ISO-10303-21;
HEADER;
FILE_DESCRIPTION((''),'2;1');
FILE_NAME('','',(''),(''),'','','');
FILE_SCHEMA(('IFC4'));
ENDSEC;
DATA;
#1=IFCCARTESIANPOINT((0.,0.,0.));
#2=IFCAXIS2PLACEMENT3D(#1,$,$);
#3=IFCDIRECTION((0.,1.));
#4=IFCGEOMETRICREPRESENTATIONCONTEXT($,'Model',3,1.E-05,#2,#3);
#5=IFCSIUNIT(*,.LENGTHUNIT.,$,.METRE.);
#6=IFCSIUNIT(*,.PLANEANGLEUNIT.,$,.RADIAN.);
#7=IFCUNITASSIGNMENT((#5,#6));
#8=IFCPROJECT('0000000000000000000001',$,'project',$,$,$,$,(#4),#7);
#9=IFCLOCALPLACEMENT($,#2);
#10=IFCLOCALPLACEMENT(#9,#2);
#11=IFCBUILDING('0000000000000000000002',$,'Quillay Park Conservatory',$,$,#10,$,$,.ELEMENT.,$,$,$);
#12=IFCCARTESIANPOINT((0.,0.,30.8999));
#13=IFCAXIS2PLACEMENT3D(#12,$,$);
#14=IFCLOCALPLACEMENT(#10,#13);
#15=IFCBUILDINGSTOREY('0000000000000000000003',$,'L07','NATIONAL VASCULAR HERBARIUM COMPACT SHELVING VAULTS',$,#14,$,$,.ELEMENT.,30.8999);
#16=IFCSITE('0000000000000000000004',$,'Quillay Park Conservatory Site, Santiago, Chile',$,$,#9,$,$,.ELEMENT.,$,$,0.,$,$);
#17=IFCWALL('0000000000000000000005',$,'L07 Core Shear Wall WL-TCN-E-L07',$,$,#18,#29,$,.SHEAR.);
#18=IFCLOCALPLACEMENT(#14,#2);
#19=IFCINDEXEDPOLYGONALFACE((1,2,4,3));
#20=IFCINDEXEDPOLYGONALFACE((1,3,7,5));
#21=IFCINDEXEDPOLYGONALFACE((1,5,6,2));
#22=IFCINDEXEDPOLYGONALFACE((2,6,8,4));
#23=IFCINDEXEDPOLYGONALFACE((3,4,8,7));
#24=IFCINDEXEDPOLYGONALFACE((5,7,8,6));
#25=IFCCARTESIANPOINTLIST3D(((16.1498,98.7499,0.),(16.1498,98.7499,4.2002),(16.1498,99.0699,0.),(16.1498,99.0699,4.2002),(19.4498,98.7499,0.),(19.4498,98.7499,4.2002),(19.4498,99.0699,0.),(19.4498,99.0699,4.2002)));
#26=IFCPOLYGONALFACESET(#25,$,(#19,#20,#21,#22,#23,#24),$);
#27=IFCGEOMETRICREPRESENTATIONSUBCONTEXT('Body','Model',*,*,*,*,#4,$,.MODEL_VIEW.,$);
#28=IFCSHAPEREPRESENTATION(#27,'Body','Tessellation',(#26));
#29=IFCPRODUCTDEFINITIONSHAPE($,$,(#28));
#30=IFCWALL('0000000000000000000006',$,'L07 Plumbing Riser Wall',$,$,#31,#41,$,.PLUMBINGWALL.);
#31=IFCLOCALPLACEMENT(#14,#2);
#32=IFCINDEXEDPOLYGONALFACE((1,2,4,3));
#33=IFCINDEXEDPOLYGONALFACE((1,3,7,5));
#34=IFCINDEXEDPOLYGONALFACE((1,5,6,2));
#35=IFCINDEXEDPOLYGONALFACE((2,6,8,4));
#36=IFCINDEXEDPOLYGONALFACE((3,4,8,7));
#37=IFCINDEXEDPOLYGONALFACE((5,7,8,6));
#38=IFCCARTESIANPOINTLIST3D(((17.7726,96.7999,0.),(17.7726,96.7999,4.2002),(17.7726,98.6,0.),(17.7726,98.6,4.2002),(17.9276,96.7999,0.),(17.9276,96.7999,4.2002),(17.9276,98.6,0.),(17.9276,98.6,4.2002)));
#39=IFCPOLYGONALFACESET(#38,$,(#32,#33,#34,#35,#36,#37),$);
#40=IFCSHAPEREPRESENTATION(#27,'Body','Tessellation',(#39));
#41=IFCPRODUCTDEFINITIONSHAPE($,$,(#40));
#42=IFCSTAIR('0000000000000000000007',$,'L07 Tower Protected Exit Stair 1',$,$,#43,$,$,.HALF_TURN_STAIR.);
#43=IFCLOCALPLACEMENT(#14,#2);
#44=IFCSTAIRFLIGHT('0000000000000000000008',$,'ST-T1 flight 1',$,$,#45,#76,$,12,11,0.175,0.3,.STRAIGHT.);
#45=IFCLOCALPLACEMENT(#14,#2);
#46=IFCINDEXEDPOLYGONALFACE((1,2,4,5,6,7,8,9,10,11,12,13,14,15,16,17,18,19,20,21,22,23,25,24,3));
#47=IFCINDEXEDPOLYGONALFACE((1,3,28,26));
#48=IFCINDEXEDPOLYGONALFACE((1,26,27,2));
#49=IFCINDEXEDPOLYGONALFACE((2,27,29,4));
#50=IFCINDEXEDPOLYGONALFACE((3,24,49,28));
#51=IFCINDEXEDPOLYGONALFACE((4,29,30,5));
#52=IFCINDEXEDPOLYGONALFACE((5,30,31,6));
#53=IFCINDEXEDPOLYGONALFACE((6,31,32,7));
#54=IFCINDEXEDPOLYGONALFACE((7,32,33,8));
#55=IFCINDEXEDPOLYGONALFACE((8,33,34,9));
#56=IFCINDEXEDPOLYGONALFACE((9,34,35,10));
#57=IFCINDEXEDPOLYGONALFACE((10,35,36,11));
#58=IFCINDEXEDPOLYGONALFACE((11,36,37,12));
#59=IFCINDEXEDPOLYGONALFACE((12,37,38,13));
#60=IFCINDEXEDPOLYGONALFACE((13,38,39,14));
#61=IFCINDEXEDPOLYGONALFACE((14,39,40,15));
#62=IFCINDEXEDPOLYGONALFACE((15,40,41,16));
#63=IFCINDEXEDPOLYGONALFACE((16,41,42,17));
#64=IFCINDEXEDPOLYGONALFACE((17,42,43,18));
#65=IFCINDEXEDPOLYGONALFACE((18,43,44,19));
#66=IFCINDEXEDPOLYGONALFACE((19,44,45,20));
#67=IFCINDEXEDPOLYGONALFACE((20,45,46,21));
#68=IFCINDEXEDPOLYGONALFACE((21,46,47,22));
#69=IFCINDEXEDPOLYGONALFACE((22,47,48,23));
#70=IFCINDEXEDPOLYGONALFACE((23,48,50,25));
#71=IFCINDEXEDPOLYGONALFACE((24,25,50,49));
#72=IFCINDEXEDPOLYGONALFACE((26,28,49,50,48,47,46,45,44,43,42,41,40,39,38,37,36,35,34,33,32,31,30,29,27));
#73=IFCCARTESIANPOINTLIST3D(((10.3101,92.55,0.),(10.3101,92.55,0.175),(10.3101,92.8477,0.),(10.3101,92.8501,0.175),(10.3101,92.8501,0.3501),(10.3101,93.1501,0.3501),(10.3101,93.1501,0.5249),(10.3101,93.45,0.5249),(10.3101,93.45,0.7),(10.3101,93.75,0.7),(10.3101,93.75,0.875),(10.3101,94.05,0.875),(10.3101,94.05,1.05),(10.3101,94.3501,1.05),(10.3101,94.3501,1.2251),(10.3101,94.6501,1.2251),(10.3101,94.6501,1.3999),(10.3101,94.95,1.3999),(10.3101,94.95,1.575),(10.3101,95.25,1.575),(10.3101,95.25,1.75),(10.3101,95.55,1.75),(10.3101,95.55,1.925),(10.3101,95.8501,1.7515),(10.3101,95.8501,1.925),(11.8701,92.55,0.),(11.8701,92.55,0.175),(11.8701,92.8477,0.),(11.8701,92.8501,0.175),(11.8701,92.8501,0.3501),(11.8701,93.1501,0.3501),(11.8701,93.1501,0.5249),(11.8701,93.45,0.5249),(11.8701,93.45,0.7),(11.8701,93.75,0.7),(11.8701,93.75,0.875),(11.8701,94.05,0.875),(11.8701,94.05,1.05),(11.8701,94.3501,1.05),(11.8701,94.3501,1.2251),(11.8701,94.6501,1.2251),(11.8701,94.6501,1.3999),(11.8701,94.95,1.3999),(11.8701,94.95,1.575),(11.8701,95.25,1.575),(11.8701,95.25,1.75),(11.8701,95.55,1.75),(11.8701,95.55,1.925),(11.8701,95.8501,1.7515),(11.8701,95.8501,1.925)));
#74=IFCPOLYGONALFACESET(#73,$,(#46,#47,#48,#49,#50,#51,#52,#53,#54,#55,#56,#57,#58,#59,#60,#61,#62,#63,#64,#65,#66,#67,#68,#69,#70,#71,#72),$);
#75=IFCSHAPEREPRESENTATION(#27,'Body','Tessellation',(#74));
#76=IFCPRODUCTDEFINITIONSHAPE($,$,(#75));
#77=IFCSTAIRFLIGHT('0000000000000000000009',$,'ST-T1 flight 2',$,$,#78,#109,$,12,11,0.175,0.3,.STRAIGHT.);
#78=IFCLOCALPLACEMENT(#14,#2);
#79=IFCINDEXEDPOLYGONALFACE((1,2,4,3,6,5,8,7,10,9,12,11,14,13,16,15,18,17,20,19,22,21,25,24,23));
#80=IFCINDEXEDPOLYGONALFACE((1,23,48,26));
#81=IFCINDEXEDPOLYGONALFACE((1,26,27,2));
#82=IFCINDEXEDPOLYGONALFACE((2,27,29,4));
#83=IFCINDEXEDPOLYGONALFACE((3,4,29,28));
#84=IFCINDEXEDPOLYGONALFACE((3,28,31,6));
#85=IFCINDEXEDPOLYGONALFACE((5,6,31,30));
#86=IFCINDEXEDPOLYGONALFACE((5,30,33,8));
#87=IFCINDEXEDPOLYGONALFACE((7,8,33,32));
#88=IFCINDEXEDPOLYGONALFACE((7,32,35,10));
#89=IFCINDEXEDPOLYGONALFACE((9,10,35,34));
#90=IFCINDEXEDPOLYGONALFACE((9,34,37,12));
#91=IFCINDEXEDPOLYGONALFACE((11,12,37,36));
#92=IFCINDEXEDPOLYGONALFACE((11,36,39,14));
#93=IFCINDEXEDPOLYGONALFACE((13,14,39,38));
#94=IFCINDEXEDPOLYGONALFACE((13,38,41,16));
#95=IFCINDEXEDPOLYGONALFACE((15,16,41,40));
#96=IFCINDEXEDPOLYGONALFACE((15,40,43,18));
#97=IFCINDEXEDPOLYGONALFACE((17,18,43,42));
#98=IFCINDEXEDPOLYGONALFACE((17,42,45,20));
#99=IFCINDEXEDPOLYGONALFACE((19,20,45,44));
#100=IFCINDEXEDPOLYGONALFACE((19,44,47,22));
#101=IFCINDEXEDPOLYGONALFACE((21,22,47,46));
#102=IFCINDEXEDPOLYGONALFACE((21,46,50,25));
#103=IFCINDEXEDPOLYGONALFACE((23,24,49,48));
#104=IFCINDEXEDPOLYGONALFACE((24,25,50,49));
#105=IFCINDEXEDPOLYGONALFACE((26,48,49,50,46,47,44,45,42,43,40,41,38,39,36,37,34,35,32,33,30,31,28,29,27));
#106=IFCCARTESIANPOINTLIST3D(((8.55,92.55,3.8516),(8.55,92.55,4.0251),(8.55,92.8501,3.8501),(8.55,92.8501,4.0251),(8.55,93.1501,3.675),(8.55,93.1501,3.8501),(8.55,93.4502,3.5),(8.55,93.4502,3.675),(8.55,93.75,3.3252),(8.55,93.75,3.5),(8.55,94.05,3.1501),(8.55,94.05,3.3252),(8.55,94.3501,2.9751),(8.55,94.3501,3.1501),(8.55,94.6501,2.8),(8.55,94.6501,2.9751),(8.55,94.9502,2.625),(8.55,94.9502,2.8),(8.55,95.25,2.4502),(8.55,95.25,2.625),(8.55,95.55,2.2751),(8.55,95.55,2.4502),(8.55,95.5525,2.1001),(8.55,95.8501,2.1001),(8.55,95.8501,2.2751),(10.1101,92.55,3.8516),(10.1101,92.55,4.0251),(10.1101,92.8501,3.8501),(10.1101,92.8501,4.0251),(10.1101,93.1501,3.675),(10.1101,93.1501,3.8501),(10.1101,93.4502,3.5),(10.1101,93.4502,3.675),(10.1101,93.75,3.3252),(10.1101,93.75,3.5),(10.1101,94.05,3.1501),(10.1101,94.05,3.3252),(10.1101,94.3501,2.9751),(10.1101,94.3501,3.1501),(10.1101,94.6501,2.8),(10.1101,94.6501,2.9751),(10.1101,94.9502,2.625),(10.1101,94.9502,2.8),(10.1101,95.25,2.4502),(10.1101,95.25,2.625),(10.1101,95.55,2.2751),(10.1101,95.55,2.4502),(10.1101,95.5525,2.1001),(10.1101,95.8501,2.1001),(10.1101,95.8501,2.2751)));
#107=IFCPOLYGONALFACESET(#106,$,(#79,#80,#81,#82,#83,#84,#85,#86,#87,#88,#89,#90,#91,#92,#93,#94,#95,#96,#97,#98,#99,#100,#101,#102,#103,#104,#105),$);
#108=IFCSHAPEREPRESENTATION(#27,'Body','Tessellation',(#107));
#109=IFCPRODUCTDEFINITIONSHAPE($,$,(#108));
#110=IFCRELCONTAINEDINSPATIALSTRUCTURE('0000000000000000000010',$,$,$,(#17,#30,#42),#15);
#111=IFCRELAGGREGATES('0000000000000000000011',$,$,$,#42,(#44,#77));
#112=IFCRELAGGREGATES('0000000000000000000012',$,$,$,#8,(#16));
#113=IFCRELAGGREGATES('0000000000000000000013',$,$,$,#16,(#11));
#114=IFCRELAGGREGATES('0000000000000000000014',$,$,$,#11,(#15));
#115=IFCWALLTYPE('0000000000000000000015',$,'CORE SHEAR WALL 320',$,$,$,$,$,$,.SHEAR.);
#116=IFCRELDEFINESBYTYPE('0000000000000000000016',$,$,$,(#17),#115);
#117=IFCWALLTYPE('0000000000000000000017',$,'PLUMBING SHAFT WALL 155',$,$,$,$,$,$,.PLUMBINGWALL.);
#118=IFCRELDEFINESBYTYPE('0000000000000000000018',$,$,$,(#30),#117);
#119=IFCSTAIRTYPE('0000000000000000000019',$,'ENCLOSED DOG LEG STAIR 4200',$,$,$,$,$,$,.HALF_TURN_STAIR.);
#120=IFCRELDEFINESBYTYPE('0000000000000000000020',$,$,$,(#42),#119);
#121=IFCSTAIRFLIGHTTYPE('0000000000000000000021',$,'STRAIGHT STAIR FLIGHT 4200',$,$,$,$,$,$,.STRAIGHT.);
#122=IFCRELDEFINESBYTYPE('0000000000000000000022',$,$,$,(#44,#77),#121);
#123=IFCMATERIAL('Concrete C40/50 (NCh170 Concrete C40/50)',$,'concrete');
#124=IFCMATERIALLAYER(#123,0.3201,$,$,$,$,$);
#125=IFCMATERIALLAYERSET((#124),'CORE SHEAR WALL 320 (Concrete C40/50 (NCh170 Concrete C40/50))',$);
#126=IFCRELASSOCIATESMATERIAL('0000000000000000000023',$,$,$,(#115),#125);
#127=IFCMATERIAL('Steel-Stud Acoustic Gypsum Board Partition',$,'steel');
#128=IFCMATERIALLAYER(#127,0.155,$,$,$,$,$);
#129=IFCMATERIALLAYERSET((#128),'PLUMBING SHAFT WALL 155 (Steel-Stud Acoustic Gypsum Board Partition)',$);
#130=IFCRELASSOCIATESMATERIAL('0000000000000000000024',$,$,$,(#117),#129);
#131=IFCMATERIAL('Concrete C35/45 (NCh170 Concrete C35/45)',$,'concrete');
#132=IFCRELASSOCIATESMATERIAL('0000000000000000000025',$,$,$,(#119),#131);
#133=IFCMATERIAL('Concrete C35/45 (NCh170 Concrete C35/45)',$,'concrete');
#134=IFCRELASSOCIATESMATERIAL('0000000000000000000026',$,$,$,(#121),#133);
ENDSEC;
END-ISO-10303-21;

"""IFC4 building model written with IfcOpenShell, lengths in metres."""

from ifc_helpers import new_model, si_unit, direction, frame, frame_2d, origin, place, context, subcontext, project, spatial, polyline, rectangle, outline, extrude, material, layer, layer_set, type_object, element, aggregate, save


model = new_model("IFC4")

# Units and contexts
model_context = context("Model", 3, precision=1e-05, world=origin(), true_north=direction((0.0, 1.0)))
body_context = subcontext(model_context, "Body", "Model", "MODEL_VIEW")
ifc_project = project(units=[si_unit("LENGTHUNIT", "METRE"), si_unit("PLANEANGLEUNIT", "RADIAN")], contexts=[model_context])

# Site, building, storey
site_placement = place(None, origin())
site = spatial("IfcSite", under=ifc_project, at=site_placement, Name="Quillay Park Conservatory Site, Santiago, Chile", CompositionType="ELEMENT", RefElevation=0.0)
building_placement = place(site_placement, origin())
building = spatial("IfcBuilding", under=site, at=building_placement, Name="Quillay Park Conservatory", CompositionType="ELEMENT")
storey_placement = place(building_placement, frame((0.0, 0.0, 30.8999)))
storey = spatial("IfcBuildingStorey", under=building, at=storey_placement, Name="L07", Description="NATIONAL VASCULAR HERBARIUM COMPACT SHELVING VAULTS", CompositionType="ELEMENT", Elevation=30.8999)

# Walls
ifc_material_1 = material(Name="Concrete C40/50 (NCh170 Concrete C40/50)", Category="concrete")
ifc_layer_1 = layer(ifc_material_1, 0.3201)
ifc_layer_set_1 = layer_set([ifc_layer_1], Name="CORE SHEAR WALL 320 (Concrete C40/50 (NCh170 Concrete C40/50))")
wall_type_1 = type_object("IfcWallType", Name="CORE SHEAR WALL 320", PredefinedType="SHEAR", material=ifc_layer_set_1)
wall_1_placement = place(storey_placement, frame((16.1499, 98.9099, 0.0), z_axis=(0.0, 0.0, 1.0), x_axis=(1.0, 0.0, 0.0)))
element("IfcWall", 1, at=wall_1_placement, inside=storey, type_object=wall_type_1, Name="L07 Core Shear Wall WL-TCN-E-L07", PredefinedType="SHEAR", context=body_context, shape_type="SweptSolid", body=[
    extrude(rectangle(XDim=3.3, YDim=0.3201, at=frame_2d((1.6499, 0.0))), origin(), (0.0, 0.0, 1.0), 4.2002),
])
ifc_material_2 = material(Name="Steel-Stud Acoustic Gypsum Board Partition", Category="steel")
ifc_layer_2 = layer(ifc_material_2, 0.155)
ifc_layer_set_2 = layer_set([ifc_layer_2], Name="PLUMBING SHAFT WALL 155 (Steel-Stud Acoustic Gypsum Board Partition)")
wall_type_2 = type_object("IfcWallType", Name="PLUMBING SHAFT WALL 155", PredefinedType="PLUMBINGWALL", material=ifc_layer_set_2)
wall_2_placement = place(storey_placement, frame((17.8501, 96.8, 0.0), z_axis=(0.0, 0.0, 1.0), x_axis=(0.0, 1.0, 0.0)))
element("IfcWall", 2, at=wall_2_placement, inside=storey, type_object=wall_type_2, Name="L07 Plumbing Riser Wall", PredefinedType="PLUMBINGWALL", context=body_context, shape_type="SweptSolid", body=[
    extrude(rectangle(XDim=1.8, YDim=0.155, at=frame_2d((0.8999, 0.0))), origin(), (0.0, 0.0, 1.0), 4.2002),
])

# Stair, stair flights
ifc_material_3 = material(Name="Concrete C35/45 (NCh170 Concrete C35/45)", Category="concrete")
stair_type = type_object("IfcStairType", Name="ENCLOSED DOG LEG STAIR 4200", PredefinedType="HALF_TURN_STAIR", material=ifc_material_3)
stair_placement = place(storey_placement, origin())
stair = element("IfcStair", 3, at=stair_placement, inside=storey, type_object=stair_type, Name="L07 Tower Protected Exit Stair 1", PredefinedType="HALF_TURN_STAIR")
ifc_material_4 = material(Name="Concrete C35/45 (NCh170 Concrete C35/45)", Category="concrete")
stair_flight_type = type_object("IfcStairFlightType", Name="STRAIGHT STAIR FLIGHT 4200", PredefinedType="STRAIGHT", material=ifc_material_4)
stair_flight_1_placement = place(storey_placement, frame((11.0901, 92.55, 0.0), z_axis=(0.0, 0.0, 1.0), x_axis=(0.0, 1.0, 0.0)))
stair_flight_1 = element("IfcStairFlight", 4, at=stair_flight_1_placement, type_object=stair_flight_type, Name="ST-T1 flight 1", NumberOfRisers=12, NumberOfTreads=11, PredefinedType="STRAIGHT", RiserHeight=0.175, TreadLength=0.3, context=body_context, shape_type="SweptSolid", body=[
    extrude(outline(polyline([(0.0, 0.0), (0.0, 0.175), (0.3, 0.175), (0.3, 0.3501), (0.6001, 0.3501), (0.6001, 0.5249), (0.8999, 0.5249), (0.8999, 0.7), (1.2, 0.7), (1.2, 0.875), (1.5, 0.875), (1.5, 1.05), (1.8, 1.05), (1.8, 1.2251), (2.1001, 1.2251), (2.1001, 1.3999), (2.3999, 1.3999), (2.3999, 1.575), (2.7, 1.575), (2.7, 1.75), (3.0, 1.75), (3.0, 1.925), (3.3, 1.925), (3.3, 2.1001), (3.3, 1.7515), (0.2976, 0.0), (0.0, 0.0)])), frame((0.0, 0.78, 0.0), z_axis=(0.0, -1.0, 0.0), x_axis=(1.0, 0.0, 0.0)), (0.0, 0.0, 1.0), 1.5601),
])
stair_flight_2_placement = place(storey_placement, frame((9.3301, 95.8501, 2.1001), z_axis=(0.0, 0.0, 1.0), x_axis=(0.0, -1.0, 0.0)))
stair_flight_2 = element("IfcStairFlight", 5, at=stair_flight_2_placement, type_object=stair_flight_type, Name="ST-T1 flight 2", NumberOfRisers=12, NumberOfTreads=11, PredefinedType="STRAIGHT", RiserHeight=0.175, TreadLength=0.3, context=body_context, shape_type="SweptSolid", body=[
    extrude(outline(polyline([(0.0, 0.0), (0.0, 0.175), (0.3, 0.175), (0.3, 0.3501), (0.6001, 0.3501), (0.6001, 0.5249), (0.8999, 0.5249), (0.8999, 0.7), (1.2, 0.7), (1.2, 0.875), (1.5, 0.875), (1.5, 1.05), (1.8, 1.05), (1.8, 1.2251), (2.1001, 1.2251), (2.1001, 1.3999), (2.3999, 1.3999), (2.3999, 1.575), (2.7, 1.575), (2.7, 1.75), (3.0, 1.75), (3.0, 1.925), (3.3, 1.925), (3.3, 2.1001), (3.3, 1.7515), (0.2976, 0.0), (0.0, 0.0)])), frame((0.0, 0.78, 0.0), z_axis=(0.0, -1.0, 0.0), x_axis=(1.0, 0.0, 0.0)), (0.0, 0.0, 1.0), 1.5601),
])
aggregate(stair, [stair_flight_1, stair_flight_2])

save(model, "model.ifc")
